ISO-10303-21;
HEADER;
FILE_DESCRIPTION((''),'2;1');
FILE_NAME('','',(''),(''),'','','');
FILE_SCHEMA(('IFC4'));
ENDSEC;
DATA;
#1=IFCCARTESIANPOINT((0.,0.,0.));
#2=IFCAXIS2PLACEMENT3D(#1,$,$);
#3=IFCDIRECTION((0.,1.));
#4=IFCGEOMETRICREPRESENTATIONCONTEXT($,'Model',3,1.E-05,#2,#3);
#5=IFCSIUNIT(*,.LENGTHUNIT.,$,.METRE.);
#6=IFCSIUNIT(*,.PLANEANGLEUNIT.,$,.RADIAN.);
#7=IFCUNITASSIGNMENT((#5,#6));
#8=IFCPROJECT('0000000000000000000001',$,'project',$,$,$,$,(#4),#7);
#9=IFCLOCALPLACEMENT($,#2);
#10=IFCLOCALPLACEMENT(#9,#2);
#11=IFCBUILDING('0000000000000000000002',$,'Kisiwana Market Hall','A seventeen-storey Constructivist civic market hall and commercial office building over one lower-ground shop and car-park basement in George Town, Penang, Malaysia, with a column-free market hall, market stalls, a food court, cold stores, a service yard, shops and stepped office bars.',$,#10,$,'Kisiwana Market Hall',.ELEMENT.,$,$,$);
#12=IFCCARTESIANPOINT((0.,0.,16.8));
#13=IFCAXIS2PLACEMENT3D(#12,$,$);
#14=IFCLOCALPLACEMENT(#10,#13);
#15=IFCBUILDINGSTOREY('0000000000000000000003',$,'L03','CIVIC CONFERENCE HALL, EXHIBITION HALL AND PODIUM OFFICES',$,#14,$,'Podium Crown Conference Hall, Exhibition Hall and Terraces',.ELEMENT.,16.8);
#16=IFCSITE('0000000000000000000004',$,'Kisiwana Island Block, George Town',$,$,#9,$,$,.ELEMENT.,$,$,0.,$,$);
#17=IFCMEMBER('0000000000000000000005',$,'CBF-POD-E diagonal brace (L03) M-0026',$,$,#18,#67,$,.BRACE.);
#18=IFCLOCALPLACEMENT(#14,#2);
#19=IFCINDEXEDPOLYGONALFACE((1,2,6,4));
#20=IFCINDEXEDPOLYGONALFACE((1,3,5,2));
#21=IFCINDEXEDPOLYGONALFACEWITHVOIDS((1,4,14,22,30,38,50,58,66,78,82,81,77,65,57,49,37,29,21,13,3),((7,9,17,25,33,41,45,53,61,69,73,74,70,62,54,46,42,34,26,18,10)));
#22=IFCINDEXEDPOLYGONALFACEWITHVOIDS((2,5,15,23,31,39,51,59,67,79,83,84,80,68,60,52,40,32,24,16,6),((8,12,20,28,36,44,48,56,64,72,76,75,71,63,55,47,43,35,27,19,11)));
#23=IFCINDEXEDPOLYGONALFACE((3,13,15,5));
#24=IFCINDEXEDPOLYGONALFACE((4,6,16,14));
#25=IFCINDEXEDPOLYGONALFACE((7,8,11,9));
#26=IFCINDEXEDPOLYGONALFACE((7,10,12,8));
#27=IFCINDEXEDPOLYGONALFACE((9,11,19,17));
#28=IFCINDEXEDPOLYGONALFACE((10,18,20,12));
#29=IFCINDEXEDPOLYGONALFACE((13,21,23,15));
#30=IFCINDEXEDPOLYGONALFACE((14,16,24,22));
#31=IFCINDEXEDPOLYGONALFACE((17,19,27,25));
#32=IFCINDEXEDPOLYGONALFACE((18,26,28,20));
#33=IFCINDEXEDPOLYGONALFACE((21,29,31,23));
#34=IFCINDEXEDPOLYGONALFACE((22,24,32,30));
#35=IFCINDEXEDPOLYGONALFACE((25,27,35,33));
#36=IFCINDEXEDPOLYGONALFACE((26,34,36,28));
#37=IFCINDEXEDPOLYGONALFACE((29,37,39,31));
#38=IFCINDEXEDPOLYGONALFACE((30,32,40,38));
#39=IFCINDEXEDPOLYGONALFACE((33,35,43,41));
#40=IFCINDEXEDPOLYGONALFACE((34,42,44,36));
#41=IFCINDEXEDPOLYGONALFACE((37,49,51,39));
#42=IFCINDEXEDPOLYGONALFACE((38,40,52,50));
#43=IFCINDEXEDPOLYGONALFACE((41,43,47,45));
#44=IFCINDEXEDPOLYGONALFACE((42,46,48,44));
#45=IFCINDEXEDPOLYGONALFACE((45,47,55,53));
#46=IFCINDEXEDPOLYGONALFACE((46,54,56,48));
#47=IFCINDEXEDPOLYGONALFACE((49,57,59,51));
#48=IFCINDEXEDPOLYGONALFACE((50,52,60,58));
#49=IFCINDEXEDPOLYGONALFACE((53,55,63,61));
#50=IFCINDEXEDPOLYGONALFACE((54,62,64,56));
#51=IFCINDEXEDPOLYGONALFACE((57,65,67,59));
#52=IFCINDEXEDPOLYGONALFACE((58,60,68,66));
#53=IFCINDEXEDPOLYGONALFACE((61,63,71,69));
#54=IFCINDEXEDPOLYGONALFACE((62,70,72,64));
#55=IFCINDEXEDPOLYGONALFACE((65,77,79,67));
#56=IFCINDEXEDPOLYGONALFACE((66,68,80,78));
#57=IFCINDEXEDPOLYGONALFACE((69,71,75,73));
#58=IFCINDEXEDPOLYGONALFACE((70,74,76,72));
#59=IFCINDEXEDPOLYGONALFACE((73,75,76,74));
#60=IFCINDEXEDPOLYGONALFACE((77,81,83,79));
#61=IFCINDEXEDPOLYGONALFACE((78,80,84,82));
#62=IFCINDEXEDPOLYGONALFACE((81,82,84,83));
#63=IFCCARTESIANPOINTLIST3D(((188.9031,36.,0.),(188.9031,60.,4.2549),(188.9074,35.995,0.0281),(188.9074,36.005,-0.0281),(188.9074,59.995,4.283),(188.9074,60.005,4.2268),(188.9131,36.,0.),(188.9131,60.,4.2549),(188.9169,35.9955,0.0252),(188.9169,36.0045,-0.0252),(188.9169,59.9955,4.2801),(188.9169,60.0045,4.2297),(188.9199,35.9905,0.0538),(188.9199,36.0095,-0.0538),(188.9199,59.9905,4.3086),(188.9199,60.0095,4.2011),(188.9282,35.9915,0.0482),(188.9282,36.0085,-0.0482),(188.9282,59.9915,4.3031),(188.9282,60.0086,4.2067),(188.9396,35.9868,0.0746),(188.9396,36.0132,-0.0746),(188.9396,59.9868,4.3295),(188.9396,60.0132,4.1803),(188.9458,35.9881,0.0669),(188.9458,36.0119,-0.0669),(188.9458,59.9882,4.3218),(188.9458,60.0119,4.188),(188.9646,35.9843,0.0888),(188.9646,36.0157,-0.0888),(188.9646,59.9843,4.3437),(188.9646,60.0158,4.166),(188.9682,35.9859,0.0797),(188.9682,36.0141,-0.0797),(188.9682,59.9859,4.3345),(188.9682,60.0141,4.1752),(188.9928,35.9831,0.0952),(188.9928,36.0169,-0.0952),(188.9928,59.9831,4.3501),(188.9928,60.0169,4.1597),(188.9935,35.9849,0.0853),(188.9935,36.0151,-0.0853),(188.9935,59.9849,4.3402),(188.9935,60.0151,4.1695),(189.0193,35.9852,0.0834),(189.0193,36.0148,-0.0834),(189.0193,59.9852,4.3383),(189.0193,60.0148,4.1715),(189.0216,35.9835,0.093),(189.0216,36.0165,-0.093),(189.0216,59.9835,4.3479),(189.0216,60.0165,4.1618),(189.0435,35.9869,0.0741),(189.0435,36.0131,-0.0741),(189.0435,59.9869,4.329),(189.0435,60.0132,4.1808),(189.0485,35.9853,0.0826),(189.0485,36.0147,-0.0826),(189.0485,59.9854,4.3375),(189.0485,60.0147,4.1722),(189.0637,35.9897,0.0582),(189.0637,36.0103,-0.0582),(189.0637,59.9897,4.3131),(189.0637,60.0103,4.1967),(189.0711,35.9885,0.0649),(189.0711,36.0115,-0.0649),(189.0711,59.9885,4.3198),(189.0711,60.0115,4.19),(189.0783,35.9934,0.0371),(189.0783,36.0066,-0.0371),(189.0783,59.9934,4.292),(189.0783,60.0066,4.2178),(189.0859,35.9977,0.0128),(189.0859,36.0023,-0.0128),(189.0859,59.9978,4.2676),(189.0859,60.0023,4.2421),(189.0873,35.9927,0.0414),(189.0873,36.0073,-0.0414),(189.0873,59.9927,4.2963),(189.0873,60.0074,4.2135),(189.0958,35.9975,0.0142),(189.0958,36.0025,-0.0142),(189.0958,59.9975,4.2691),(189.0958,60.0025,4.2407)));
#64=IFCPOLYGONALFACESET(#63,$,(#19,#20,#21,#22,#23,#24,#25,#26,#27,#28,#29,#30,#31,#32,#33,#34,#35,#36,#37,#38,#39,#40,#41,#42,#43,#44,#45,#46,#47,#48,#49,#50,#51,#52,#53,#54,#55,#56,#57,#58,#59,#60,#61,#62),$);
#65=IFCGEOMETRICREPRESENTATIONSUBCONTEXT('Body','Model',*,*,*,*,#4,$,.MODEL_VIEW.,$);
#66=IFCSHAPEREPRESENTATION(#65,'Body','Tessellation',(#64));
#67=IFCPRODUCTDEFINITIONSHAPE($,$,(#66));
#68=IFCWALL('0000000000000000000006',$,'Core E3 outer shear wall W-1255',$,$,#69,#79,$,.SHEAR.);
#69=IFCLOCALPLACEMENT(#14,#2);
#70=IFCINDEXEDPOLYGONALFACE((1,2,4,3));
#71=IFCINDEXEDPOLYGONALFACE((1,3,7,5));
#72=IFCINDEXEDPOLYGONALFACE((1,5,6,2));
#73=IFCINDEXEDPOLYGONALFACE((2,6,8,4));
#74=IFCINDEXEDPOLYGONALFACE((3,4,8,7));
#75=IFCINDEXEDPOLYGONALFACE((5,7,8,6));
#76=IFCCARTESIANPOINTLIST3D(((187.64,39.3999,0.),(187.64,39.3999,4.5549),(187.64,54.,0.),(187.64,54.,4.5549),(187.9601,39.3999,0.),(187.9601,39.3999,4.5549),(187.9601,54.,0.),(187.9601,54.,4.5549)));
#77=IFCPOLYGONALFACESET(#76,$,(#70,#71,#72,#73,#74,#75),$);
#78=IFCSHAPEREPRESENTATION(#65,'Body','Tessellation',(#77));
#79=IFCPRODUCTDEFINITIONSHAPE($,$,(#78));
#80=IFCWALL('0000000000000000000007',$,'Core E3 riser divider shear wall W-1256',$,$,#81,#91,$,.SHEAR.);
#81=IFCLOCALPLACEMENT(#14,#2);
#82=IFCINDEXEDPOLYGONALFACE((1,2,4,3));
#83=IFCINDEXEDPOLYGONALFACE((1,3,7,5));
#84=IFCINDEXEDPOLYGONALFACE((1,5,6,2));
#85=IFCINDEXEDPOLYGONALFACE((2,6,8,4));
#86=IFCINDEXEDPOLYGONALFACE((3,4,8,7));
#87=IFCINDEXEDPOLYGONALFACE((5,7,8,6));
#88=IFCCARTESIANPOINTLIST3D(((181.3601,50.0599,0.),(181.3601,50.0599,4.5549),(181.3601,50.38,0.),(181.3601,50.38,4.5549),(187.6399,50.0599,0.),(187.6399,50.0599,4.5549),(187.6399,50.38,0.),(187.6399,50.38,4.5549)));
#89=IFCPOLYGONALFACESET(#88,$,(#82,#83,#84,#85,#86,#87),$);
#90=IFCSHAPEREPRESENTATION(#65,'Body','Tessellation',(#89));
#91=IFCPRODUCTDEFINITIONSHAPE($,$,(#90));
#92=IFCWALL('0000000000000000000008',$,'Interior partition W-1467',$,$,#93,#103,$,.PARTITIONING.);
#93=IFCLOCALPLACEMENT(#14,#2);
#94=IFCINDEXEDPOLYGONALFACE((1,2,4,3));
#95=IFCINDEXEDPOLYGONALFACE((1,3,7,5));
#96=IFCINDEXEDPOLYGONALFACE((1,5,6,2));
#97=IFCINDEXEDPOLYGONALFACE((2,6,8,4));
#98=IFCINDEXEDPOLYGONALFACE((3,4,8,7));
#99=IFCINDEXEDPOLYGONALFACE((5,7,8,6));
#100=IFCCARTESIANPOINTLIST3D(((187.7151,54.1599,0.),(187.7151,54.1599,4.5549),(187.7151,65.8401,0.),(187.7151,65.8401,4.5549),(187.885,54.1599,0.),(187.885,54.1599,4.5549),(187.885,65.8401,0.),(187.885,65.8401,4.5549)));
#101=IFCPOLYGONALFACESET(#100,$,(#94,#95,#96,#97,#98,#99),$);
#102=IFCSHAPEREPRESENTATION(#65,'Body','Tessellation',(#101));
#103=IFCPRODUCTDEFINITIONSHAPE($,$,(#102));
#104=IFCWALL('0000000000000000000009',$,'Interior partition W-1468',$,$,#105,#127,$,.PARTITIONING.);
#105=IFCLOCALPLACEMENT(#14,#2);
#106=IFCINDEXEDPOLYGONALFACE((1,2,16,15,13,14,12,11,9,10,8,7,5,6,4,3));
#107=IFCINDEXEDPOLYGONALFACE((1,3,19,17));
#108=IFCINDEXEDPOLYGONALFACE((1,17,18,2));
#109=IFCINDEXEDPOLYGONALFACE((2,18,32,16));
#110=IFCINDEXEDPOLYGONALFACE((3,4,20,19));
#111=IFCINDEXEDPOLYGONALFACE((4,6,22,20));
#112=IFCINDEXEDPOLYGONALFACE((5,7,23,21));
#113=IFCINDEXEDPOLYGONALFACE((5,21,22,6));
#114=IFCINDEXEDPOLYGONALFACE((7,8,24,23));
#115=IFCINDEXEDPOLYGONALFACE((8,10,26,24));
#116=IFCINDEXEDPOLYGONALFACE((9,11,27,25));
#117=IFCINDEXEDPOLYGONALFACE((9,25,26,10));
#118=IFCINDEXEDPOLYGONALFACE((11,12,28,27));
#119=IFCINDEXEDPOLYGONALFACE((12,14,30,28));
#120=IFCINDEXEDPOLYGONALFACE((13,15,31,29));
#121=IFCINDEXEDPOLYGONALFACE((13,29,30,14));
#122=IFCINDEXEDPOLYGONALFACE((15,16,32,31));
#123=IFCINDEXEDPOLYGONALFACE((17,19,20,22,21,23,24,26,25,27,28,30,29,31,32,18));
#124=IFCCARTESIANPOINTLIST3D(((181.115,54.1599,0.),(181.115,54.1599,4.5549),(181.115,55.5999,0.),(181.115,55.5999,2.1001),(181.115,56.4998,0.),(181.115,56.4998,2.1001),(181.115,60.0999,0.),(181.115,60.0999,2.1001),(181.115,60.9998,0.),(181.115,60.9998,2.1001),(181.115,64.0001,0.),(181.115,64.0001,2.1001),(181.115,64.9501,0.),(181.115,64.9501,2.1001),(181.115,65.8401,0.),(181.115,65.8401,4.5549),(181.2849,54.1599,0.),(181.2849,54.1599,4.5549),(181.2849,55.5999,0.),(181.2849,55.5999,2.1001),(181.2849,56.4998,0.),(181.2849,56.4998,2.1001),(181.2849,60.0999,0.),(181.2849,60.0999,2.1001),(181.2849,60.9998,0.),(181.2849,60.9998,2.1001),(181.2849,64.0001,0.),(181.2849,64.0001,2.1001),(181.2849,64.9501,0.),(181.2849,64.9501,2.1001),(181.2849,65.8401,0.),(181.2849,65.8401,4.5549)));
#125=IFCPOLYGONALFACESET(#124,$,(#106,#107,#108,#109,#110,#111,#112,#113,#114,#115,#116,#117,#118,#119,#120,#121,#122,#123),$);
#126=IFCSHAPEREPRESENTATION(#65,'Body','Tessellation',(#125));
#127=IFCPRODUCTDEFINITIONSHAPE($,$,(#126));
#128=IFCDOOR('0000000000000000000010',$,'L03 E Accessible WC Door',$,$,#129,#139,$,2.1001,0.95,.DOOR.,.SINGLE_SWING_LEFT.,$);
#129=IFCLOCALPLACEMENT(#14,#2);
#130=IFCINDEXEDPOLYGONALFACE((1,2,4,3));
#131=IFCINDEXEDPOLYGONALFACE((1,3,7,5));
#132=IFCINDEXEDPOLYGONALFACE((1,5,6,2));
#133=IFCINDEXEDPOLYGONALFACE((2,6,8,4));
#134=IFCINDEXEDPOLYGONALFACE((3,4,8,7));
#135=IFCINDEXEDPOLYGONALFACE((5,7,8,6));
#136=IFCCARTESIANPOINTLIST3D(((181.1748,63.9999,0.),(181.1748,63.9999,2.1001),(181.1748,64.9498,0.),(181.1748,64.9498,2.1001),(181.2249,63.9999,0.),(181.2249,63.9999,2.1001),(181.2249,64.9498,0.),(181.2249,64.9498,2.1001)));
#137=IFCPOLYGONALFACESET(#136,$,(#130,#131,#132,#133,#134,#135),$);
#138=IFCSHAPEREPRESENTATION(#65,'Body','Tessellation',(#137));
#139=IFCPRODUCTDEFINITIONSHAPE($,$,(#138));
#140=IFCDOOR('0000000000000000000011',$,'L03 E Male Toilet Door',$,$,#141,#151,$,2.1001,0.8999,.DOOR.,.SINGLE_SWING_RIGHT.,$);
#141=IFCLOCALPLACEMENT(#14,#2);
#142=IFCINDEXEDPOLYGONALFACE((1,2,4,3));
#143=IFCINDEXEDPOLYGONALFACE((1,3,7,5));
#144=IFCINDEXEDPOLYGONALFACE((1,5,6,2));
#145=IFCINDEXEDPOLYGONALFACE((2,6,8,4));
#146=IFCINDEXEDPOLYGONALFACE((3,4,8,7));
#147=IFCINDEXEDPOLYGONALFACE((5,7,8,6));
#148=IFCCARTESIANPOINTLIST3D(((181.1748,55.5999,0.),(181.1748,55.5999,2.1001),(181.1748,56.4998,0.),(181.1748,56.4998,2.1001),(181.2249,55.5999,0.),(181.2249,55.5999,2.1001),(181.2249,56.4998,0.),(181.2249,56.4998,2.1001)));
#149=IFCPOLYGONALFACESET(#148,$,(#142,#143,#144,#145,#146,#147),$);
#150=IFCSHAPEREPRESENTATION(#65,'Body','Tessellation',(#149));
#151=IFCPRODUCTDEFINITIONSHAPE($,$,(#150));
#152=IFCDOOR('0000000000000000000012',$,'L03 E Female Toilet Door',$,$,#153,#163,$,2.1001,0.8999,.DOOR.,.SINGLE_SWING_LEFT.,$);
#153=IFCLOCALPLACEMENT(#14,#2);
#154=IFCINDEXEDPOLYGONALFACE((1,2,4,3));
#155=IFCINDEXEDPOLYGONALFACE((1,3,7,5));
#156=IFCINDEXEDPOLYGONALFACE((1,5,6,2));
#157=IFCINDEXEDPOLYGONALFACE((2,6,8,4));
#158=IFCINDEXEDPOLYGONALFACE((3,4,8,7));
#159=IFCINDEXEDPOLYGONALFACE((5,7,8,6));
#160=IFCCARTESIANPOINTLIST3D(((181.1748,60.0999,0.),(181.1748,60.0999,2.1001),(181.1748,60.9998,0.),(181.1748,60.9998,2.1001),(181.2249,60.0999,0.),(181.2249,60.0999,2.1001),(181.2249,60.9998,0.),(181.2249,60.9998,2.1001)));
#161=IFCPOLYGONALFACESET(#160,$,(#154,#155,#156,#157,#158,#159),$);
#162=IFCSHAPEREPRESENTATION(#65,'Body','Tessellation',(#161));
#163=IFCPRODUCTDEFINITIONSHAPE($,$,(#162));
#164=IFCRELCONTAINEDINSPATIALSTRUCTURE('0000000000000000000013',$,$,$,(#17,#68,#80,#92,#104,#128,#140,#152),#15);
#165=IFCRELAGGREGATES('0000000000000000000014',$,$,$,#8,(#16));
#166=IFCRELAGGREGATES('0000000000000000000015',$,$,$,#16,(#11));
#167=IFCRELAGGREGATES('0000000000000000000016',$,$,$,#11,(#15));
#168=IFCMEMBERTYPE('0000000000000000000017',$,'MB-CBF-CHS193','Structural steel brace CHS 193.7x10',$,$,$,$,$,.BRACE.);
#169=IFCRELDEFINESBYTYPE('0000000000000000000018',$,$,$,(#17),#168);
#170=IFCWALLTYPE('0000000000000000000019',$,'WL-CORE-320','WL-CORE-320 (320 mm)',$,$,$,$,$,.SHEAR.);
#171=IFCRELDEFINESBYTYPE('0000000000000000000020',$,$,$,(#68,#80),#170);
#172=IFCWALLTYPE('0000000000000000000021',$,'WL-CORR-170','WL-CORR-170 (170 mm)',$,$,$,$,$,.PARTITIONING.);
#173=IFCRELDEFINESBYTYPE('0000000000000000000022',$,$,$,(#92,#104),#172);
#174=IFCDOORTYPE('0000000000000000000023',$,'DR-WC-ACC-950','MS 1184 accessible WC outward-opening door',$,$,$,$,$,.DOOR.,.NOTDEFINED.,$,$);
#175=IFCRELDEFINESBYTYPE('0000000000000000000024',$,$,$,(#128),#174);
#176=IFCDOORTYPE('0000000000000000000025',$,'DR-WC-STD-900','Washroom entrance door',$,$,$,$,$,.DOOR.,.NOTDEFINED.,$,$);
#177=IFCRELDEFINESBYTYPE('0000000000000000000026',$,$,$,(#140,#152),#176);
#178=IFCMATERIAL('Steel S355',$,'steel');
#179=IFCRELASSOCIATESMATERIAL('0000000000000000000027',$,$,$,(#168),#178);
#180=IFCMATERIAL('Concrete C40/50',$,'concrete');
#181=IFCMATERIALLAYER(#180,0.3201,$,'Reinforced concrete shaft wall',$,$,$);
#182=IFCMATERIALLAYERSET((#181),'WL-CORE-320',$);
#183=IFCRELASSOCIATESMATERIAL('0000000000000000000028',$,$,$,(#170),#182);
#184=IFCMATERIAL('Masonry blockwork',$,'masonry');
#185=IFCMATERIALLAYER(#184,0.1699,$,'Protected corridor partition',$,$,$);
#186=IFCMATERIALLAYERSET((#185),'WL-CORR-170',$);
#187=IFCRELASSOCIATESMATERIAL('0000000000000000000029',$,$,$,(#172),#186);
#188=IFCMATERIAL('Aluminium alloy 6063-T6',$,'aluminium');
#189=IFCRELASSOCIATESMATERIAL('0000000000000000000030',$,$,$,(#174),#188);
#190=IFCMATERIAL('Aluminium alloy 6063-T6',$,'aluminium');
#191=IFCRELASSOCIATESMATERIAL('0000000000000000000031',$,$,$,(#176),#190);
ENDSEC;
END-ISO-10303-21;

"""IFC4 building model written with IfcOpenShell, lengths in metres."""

from ifc_helpers import new_model, si_unit, direction, frame, frame_2d, origin, origin_2d, place, context, subcontext, project, spatial, rectangle, hollow_circle, extrude, material, layer, layer_set, material_profile, profile_set, type_object, element, fill, save


model = new_model("IFC4")

# Units and contexts
model_context = context("Model", 3, precision=1e-05, world=origin(), true_north=direction((0.0, 1.0)))
body_context = subcontext(model_context, "Body", "Model", "MODEL_VIEW")
ifc_project = project(units=[si_unit("LENGTHUNIT", "METRE"), si_unit("PLANEANGLEUNIT", "RADIAN")], contexts=[model_context])

# Site, building, storey
site_placement = place(None, origin())
site = spatial("IfcSite", under=ifc_project, at=site_placement, Name="Kisiwana Island Block, George Town", CompositionType="ELEMENT", RefElevation=0.0)
building_placement = place(site_placement, origin())
building = spatial("IfcBuilding", under=site, at=building_placement, Name="Kisiwana Market Hall", Description="A seventeen-storey Constructivist civic market hall and commercial office building over one lower-ground shop and car-park basement in George Town, Penang, Malaysia, with a column-free market hall, market stalls, a food court, cold stores, a service yard, shops and stepped office bars.", LongName="Kisiwana Market Hall", CompositionType="ELEMENT")
storey_placement = place(building_placement, frame((0.0, 0.0, 16.8)))
storey = spatial("IfcBuildingStorey", under=building, at=storey_placement, Name="L03", Description="CIVIC CONFERENCE HALL, EXHIBITION HALL AND PODIUM OFFICES", LongName="Podium Crown Conference Hall, Exhibition Hall and Terraces", CompositionType="ELEMENT", Elevation=16.8)

# Member
ifc_material_1 = material(Name="Steel S355", Category="steel")
ifc_material_profile_1 = material_profile(ifc_material_1, hollow_circle(Radius=0.0969, WallThickness=0.01, at=origin_2d()), Name="CHS 193.7x10")
ifc_profile_set_1 = profile_set([ifc_material_profile_1], Name="Steel S355")
member_type = type_object("IfcMemberType", Name="MB-CBF-CHS193", Description="Structural steel brace CHS 193.7x10", PredefinedType="BRACE", material=ifc_profile_set_1)
member_placement = place(storey_placement, frame((189.0, 36.0, 0.0), z_axis=(0.0, 0.984646, 0.174565), x_axis=(-1.0, 0.0, 0.0)))
element("IfcMember", 1, at=member_placement, inside=storey, type_object=member_type, Name="CBF-POD-E diagonal brace (L03) M-0026", PredefinedType="BRACE", context=body_context, shape_type="SweptSolid", body=[
    extrude(hollow_circle(Radius=0.0969, WallThickness=0.01, at=origin_2d()), origin(), (0.0, 0.0, 1.0), 24.3743),
])

# Walls
ifc_material_2 = material(Name="Concrete C40/50", Category="concrete")
ifc_layer_1 = layer(ifc_material_2, 0.3201, Name="Reinforced concrete shaft wall")
ifc_layer_set_1 = layer_set([ifc_layer_1], Name="WL-CORE-320")
wall_type_1 = type_object("IfcWallType", Name="WL-CORE-320", Description="WL-CORE-320 (320 mm)", PredefinedType="SHEAR", material=ifc_layer_set_1)
wall_1_placement = place(storey_placement, frame((187.8, 39.3999, 0.0), z_axis=(0.0, 0.0, 1.0), x_axis=(0.0, 1.0, 0.0)))
element("IfcWall", 2, at=wall_1_placement, inside=storey, type_object=wall_type_1, Name="Core E3 outer shear wall W-1255", PredefinedType="SHEAR", context=body_context, shape_type="SweptSolid", body=[
    extrude(rectangle(XDim=14.6001, YDim=0.3201, at=frame_2d((7.3, 0.0))), origin(), (0.0, 0.0, 1.0), 4.5549),
])
wall_2_placement = place(storey_placement, frame((181.3601, 50.22, 0.0), z_axis=(0.0, 0.0, 1.0), x_axis=(1.0, 0.0, 0.0)))
element("IfcWall", 3, at=wall_2_placement, inside=storey, type_object=wall_type_1, Name="Core E3 riser divider shear wall W-1256", PredefinedType="SHEAR", context=body_context, shape_type="SweptSolid", body=[
    extrude(rectangle(XDim=6.2798, YDim=0.3201, at=frame_2d((3.1399, 0.0))), origin(), (0.0, 0.0, 1.0), 4.5549),
])
ifc_material_3 = material(Name="Masonry blockwork", Category="masonry")
ifc_layer_2 = layer(ifc_material_3, 0.1699, Name="Protected corridor partition")
ifc_layer_set_2 = layer_set([ifc_layer_2], Name="WL-CORR-170")
wall_type_2 = type_object("IfcWallType", Name="WL-CORR-170", Description="WL-CORR-170 (170 mm)", PredefinedType="PARTITIONING", material=ifc_layer_set_2)
wall_3_placement = place(storey_placement, frame((187.8, 54.1599, 0.0), z_axis=(0.0, 0.0, 1.0), x_axis=(0.0, 1.0, 0.0)))
element("IfcWall", 4, at=wall_3_placement, inside=storey, type_object=wall_type_2, Name="Interior partition W-1467", PredefinedType="PARTITIONING", context=body_context, shape_type="SweptSolid", body=[
    extrude(rectangle(XDim=11.6802, YDim=0.1699, at=frame_2d((5.8401, 0.0))), origin(), (0.0, 0.0, 1.0), 4.5549),
])

# Wall, openings, doors
wall_4_placement = place(storey_placement, frame((181.2, 54.1599, 0.0), z_axis=(0.0, 0.0, 1.0), x_axis=(0.0, 1.0, 0.0)))
wall_4 = element("IfcWall", 5, at=wall_4_placement, inside=storey, type_object=wall_type_2, Name="Interior partition W-1468", PredefinedType="PARTITIONING", context=body_context, shape_type="SweptSolid", body=[
    extrude(rectangle(XDim=11.6802, YDim=0.1699, at=frame_2d((5.8401, 0.0))), origin(), (0.0, 0.0, 1.0), 4.5549),
])
opening_1_placement = place(wall_4_placement, frame((1.4399, 0.0, 0.0)))
opening_1 = element("IfcOpeningElement", 6, at=opening_1_placement, cuts=wall_4, PredefinedType="OPENING", context=body_context, shape_type="SweptSolid", body=[
    extrude(rectangle(XDim=0.8999, YDim=2.1001, at=frame_2d((0.45, 1.05))), frame((0.0, 0.0969, 0.0), z_axis=(0.0, -1.0, 0.0), x_axis=(1.0, 0.0, 0.0)), (0.0, 0.0, 1.0), 0.1938),
])
opening_2_placement = place(wall_4_placement, frame((5.9399, 0.0, 0.0)))
opening_2 = element("IfcOpeningElement", 7, at=opening_2_placement, cuts=wall_4, PredefinedType="OPENING", context=body_context, shape_type="SweptSolid", body=[
    extrude(rectangle(XDim=0.8999, YDim=2.1001, at=frame_2d((0.45, 1.05))), frame((0.0, 0.0969, 0.0), z_axis=(0.0, -1.0, 0.0), x_axis=(1.0, 0.0, 0.0)), (0.0, 0.0, 1.0), 0.1938),
])
opening_3_placement = place(wall_4_placement, frame((9.8401, 0.0, 0.0)))
opening_3 = element("IfcOpeningElement", 8, at=opening_3_placement, cuts=wall_4, PredefinedType="OPENING", context=body_context, shape_type="SweptSolid", body=[
    extrude(rectangle(XDim=0.95, YDim=2.1001, at=frame_2d((0.4751, 1.05))), frame((0.0, 0.0969, 0.0), z_axis=(0.0, -1.0, 0.0), x_axis=(1.0, 0.0, 0.0)), (0.0, 0.0, 1.0), 0.1938),
])
ifc_material_4 = material(Name="Aluminium alloy 6063-T6", Category="aluminium")
door_type_1 = type_object("IfcDoorType", Name="DR-WC-ACC-950", Description="MS 1184 accessible WC outward-opening door", OperationType="NOTDEFINED", PredefinedType="DOOR", material=ifc_material_4)
door_1_placement = place(opening_3_placement, frame((0.95, 0.0, 0.0), z_axis=(0.0, 0.0, 1.0), x_axis=(-1.0, 0.0, 0.0)))
door_1 = element("IfcDoor", 9, at=door_1_placement, inside=storey, type_object=door_type_1, Name="L03 E Accessible WC Door", OperationType="SINGLE_SWING_LEFT", OverallHeight=2.1001, OverallWidth=0.95, PredefinedType="DOOR", context=body_context, shape_type="SweptSolid", body=[
    extrude(rectangle(XDim=0.95, YDim=2.1001, at=frame_2d((0.4751, 1.05))), frame((0.0, 0.0249, 0.0), z_axis=(0.0, -1.0, 0.0), x_axis=(1.0, 0.0, 0.0)), (0.0, 0.0, 1.0), 0.05),
])
fill(opening_3, door_1)
ifc_material_5 = material(Name="Aluminium alloy 6063-T6", Category="aluminium")
door_type_2 = type_object("IfcDoorType", Name="DR-WC-STD-900", Description="Washroom entrance door", OperationType="NOTDEFINED", PredefinedType="DOOR", material=ifc_material_5)
door_2_placement = place(opening_1_placement, frame((0.8999, 0.0, 0.0), z_axis=(0.0, 0.0, 1.0), x_axis=(-1.0, 0.0, 0.0)))
door_2 = element("IfcDoor", 10, at=door_2_placement, inside=storey, type_object=door_type_2, Name="L03 E Male Toilet Door", OperationType="SINGLE_SWING_RIGHT", OverallHeight=2.1001, OverallWidth=0.8999, PredefinedType="DOOR", context=body_context, shape_type="SweptSolid", body=[
    extrude(rectangle(XDim=0.8999, YDim=2.1001, at=frame_2d((0.45, 1.05))), frame((0.0, 0.0249, 0.0), z_axis=(0.0, -1.0, 0.0), x_axis=(1.0, 0.0, 0.0)), (0.0, 0.0, 1.0), 0.05),
])
fill(opening_1, door_2)
door_3_placement = place(opening_2_placement, frame((0.8999, 0.0, 0.0), z_axis=(0.0, 0.0, 1.0), x_axis=(-1.0, 0.0, 0.0)))
door_3 = element("IfcDoor", 11, at=door_3_placement, inside=storey, type_object=door_type_2, Name="L03 E Female Toilet Door", OperationType="SINGLE_SWING_LEFT", OverallHeight=2.1001, OverallWidth=0.8999, PredefinedType="DOOR", context=body_context, shape_type="SweptSolid", body=[
    extrude(rectangle(XDim=0.8999, YDim=2.1001, at=frame_2d((0.45, 1.05))), frame((0.0, 0.0249, 0.0), z_axis=(0.0, -1.0, 0.0), x_axis=(1.0, 0.0, 0.0)), (0.0, 0.0, 1.0), 0.05),
])
fill(opening_2, door_3)

save(model, "model.ifc")
